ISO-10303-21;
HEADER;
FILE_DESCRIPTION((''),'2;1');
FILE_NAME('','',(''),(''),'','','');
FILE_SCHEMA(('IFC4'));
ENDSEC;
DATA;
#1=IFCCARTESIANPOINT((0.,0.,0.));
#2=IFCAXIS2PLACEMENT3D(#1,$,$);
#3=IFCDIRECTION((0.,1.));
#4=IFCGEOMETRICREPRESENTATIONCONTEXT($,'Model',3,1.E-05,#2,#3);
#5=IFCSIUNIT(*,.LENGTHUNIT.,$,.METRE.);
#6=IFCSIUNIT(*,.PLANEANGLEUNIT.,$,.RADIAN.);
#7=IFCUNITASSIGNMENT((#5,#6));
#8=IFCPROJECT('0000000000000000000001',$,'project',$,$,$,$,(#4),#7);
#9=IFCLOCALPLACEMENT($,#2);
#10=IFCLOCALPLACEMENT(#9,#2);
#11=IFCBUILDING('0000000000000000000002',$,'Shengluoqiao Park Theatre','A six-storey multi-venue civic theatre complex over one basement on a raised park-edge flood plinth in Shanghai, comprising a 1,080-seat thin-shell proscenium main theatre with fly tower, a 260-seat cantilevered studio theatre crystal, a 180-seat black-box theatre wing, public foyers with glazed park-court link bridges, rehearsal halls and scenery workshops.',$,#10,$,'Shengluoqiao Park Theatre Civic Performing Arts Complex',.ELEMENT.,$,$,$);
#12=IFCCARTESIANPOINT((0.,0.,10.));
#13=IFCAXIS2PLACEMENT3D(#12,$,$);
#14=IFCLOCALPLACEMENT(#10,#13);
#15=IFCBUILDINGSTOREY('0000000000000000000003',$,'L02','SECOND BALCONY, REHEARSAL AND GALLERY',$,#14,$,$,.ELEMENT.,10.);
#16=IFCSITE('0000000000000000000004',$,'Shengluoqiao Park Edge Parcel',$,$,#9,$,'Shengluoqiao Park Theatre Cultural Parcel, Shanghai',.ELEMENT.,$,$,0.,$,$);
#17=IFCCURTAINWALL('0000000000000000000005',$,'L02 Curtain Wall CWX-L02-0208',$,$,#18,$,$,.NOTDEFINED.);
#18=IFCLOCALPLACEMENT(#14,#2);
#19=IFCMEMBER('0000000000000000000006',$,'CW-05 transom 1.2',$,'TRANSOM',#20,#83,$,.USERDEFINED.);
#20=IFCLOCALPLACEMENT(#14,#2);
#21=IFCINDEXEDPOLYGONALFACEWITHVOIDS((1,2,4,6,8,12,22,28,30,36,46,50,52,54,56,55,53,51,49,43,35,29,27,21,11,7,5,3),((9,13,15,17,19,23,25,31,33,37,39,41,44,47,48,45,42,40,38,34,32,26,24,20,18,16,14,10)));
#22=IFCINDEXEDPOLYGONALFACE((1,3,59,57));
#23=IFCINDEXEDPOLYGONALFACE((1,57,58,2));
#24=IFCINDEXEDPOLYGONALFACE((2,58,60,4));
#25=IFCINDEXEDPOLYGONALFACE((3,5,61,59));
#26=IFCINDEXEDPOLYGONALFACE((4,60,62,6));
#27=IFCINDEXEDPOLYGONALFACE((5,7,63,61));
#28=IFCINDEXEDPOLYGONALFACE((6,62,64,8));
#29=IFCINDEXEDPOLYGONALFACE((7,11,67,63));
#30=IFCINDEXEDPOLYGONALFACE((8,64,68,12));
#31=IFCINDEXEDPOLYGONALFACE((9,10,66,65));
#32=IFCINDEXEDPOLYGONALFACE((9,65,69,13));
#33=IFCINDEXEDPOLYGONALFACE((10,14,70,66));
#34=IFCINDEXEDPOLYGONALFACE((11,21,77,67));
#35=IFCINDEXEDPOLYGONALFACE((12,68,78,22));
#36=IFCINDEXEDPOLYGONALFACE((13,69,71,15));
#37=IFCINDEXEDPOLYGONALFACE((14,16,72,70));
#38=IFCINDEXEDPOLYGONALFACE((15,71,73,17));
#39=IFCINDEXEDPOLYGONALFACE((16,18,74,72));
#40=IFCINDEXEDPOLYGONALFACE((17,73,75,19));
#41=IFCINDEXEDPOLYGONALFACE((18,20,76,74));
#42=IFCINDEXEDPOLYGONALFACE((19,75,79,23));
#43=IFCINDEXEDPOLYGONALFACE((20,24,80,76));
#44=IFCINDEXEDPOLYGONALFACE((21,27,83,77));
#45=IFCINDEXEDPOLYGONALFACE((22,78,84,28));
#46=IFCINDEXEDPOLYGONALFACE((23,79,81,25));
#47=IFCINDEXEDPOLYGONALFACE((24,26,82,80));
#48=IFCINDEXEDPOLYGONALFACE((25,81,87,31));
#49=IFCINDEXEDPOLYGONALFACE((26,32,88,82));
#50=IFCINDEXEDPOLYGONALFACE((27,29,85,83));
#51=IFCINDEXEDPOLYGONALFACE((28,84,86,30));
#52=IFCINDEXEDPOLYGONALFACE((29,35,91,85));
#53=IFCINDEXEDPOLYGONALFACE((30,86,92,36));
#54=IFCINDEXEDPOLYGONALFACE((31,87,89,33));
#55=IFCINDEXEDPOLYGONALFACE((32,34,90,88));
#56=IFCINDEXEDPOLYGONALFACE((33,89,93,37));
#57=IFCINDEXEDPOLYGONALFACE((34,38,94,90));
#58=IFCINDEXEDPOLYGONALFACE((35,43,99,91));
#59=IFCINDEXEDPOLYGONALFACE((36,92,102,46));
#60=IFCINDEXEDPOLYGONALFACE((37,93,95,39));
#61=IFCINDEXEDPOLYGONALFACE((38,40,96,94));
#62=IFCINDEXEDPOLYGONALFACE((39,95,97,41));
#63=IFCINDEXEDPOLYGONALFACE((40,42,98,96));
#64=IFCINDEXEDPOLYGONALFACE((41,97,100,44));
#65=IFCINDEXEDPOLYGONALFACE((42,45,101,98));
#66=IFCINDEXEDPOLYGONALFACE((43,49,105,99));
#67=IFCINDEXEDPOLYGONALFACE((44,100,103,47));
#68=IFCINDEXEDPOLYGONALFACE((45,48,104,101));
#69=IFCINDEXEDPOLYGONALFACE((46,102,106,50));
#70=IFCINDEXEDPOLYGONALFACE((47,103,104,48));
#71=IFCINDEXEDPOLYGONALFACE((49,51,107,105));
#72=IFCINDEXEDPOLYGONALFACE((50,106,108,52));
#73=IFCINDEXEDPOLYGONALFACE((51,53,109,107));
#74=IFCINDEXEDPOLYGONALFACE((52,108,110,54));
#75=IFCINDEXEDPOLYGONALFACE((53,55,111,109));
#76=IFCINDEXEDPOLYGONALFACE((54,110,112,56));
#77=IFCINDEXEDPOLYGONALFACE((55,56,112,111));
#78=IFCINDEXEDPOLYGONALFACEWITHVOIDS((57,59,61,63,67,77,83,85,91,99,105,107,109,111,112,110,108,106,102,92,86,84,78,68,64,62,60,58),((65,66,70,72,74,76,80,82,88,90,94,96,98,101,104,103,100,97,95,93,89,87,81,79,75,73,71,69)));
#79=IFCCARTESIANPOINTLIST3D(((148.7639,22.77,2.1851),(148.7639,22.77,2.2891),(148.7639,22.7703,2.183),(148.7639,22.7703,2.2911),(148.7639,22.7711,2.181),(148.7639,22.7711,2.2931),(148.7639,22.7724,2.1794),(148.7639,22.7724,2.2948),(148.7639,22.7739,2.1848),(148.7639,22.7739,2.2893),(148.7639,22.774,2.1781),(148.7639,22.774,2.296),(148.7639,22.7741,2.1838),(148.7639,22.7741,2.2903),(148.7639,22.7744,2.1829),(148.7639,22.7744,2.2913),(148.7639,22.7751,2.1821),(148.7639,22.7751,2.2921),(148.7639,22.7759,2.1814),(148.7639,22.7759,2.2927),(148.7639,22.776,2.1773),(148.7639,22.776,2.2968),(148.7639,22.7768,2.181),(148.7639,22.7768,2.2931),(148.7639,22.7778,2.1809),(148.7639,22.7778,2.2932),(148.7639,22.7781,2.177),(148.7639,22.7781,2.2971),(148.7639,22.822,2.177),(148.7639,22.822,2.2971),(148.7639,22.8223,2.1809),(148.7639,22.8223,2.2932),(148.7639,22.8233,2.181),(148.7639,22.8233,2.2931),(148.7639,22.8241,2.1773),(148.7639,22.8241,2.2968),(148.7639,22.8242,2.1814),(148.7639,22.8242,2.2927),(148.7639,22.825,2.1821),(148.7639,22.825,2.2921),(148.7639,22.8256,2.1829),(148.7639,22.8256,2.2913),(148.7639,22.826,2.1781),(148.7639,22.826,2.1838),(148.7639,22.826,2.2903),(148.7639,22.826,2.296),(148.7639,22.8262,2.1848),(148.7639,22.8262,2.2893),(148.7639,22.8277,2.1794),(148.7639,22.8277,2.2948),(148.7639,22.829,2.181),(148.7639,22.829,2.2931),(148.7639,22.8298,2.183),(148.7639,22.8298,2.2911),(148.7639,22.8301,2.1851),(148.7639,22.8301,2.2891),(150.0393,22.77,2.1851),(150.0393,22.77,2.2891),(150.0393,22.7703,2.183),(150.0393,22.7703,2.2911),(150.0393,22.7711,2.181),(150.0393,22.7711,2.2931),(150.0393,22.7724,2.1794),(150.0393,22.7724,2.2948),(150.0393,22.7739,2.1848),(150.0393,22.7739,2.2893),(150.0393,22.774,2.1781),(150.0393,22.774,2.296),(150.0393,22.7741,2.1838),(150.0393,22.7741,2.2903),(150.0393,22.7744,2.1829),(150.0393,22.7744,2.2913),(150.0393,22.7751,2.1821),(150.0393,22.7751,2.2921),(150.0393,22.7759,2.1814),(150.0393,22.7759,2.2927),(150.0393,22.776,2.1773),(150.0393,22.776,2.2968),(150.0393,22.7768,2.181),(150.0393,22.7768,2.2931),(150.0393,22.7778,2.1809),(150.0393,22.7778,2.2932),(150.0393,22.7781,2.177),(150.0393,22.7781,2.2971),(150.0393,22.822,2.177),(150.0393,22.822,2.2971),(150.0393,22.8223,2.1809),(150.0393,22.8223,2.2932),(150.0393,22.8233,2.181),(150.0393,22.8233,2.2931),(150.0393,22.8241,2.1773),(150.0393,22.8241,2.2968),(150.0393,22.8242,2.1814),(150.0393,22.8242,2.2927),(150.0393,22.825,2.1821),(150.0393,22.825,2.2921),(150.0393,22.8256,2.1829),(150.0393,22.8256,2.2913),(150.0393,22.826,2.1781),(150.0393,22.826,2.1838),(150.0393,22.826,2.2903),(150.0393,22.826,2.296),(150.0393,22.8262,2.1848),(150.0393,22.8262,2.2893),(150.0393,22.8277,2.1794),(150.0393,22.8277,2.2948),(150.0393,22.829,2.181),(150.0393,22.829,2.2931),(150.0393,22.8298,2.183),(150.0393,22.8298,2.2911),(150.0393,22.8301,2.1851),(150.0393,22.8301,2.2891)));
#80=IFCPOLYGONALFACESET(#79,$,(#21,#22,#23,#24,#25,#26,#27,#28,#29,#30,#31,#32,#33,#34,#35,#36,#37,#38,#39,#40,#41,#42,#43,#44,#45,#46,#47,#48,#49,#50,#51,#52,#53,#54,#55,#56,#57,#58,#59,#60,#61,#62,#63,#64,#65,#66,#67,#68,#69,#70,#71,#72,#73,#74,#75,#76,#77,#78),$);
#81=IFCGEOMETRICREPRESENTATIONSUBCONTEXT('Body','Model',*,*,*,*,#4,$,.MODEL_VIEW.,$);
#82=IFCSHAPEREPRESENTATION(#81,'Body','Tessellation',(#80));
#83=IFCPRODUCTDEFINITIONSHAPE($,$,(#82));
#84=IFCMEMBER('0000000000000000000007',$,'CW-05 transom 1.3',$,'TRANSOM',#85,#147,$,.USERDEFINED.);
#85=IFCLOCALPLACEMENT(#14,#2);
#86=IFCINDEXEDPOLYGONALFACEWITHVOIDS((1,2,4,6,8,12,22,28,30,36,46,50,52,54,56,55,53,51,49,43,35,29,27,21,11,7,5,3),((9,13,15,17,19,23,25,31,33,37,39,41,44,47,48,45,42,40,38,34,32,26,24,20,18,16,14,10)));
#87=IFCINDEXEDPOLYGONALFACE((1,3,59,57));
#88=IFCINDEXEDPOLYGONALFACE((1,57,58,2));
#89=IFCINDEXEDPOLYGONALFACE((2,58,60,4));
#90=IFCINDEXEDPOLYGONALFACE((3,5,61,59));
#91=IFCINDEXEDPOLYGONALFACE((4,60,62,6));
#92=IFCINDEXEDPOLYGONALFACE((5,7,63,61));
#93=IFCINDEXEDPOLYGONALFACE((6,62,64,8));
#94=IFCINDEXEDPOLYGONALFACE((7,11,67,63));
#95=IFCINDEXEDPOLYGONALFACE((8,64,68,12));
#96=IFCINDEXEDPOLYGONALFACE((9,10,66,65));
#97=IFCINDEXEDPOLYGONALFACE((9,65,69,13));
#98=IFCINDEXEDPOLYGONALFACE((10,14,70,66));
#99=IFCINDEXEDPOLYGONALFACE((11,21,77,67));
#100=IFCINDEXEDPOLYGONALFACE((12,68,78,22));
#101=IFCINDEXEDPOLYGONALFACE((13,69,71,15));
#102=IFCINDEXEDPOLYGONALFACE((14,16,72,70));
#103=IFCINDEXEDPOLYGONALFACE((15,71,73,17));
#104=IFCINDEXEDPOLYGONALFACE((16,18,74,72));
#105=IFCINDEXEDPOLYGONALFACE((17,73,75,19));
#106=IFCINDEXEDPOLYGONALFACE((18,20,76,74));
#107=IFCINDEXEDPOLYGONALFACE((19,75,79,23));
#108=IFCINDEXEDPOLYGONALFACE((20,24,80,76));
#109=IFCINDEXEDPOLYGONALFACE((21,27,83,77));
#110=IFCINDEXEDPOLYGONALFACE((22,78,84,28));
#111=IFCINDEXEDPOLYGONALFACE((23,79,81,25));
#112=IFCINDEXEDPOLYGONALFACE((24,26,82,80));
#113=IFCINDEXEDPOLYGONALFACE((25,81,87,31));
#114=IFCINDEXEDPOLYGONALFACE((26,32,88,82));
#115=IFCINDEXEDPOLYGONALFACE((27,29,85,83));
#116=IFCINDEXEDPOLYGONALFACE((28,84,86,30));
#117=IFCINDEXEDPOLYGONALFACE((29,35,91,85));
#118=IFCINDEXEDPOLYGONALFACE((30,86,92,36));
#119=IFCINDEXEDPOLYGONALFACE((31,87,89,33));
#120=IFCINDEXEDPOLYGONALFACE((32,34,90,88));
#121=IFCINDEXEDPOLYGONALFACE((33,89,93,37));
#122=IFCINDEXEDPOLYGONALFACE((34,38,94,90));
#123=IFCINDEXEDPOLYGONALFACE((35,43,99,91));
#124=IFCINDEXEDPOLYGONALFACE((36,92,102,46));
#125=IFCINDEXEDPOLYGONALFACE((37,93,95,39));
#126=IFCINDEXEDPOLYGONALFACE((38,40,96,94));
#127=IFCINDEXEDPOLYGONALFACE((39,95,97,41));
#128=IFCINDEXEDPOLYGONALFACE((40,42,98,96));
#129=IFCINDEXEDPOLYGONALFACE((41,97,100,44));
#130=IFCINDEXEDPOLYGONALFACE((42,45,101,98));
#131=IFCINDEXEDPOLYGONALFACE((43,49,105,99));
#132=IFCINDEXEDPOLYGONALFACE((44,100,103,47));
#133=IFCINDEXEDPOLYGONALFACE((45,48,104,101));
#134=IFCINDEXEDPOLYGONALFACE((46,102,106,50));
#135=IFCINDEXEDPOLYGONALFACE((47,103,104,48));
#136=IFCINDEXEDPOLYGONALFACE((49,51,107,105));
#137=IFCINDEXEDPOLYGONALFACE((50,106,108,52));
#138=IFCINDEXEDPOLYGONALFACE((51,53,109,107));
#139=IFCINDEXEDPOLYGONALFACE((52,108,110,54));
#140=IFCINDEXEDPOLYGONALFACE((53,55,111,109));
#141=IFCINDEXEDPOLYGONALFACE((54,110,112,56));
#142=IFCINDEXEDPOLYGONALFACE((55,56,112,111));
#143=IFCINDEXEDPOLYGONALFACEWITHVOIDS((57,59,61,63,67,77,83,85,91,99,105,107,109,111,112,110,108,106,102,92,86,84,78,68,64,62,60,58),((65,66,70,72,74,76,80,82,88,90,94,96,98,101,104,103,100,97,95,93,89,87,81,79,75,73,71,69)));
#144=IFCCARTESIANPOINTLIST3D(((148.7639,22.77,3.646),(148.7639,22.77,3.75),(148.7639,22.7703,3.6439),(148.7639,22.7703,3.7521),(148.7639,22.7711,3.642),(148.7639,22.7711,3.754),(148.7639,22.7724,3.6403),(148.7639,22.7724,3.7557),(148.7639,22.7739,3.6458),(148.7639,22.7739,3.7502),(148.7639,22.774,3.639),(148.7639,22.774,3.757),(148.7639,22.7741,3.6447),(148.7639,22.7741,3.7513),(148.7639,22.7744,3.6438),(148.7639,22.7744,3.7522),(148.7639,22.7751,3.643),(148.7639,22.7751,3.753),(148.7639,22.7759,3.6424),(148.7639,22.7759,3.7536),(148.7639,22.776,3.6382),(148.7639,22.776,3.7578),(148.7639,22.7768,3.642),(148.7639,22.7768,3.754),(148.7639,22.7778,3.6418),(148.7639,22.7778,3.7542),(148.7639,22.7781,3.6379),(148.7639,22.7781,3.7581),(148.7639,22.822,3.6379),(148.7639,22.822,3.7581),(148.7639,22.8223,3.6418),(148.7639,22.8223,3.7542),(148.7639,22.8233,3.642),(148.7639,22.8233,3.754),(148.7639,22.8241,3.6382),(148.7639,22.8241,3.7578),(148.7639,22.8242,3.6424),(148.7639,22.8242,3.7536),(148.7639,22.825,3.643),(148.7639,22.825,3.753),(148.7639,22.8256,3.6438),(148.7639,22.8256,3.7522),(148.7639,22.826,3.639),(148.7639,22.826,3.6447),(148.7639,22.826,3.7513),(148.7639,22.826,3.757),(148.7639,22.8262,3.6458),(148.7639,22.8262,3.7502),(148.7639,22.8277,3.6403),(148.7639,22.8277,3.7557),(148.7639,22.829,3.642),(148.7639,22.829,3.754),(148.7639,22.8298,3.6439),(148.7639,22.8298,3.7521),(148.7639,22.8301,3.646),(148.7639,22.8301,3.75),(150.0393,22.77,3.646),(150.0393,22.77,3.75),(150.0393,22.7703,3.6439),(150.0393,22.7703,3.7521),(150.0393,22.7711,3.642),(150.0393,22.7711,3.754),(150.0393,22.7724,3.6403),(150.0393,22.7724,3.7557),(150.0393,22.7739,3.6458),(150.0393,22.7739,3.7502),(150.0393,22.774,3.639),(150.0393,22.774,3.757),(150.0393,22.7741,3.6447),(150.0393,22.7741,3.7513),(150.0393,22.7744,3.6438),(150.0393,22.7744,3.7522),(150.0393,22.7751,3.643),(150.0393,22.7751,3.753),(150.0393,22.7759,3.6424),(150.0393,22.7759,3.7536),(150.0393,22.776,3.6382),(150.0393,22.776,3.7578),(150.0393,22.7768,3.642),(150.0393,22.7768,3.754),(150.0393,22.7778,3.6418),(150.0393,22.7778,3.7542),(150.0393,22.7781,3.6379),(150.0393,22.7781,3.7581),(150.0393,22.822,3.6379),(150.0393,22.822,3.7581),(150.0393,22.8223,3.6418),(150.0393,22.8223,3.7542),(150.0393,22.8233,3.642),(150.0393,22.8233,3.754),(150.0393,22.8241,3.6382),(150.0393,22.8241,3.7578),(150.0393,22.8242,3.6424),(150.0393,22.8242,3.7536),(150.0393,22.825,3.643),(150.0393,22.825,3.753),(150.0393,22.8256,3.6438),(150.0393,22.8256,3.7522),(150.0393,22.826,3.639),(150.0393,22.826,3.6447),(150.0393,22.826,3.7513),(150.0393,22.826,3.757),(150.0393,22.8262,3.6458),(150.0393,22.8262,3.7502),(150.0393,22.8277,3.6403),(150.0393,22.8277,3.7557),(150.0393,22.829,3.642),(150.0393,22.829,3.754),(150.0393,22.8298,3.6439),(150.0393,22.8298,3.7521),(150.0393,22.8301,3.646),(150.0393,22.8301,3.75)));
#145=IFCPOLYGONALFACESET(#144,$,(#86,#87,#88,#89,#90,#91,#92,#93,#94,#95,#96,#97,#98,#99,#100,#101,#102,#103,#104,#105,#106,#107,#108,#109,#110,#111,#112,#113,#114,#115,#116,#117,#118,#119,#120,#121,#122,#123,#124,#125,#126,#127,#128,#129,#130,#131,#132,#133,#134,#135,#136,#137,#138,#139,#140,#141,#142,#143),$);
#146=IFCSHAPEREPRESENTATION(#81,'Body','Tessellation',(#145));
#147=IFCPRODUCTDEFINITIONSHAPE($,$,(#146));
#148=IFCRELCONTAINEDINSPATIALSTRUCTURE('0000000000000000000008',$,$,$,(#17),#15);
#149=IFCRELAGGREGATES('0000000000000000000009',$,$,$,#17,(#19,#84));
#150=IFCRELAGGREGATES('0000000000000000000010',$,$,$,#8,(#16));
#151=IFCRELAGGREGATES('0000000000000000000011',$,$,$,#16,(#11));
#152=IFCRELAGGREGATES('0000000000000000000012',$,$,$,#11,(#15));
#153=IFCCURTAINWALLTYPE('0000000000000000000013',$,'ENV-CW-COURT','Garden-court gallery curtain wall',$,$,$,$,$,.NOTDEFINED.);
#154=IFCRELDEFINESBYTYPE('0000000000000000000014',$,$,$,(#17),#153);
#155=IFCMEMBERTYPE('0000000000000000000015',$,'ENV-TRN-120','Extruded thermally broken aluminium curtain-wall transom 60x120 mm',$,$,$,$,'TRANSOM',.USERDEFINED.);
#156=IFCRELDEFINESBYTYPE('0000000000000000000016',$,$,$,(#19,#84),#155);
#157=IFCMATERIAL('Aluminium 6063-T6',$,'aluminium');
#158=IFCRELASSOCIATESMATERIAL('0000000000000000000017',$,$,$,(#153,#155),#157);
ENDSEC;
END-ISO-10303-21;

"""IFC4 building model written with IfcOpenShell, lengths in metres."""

from ifc_helpers import new_model, si_unit, direction, frame, origin, origin_2d, place, context, subcontext, project, spatial, hollow_rectangle, extrude, material, material_profile, profile_set, type_object, element, aggregate, save


model = new_model("IFC4")

# Units and contexts
model_context = context("Model", 3, precision=1e-05, world=origin(), true_north=direction((0.0, 1.0)))
body_context = subcontext(model_context, "Body", "Model", "MODEL_VIEW")
ifc_project = project(units=[si_unit("LENGTHUNIT", "METRE"), si_unit("PLANEANGLEUNIT", "RADIAN")], contexts=[model_context])

# Site, building, storey
site_placement = place(None, origin())
site = spatial("IfcSite", under=ifc_project, at=site_placement, Name="Shengluoqiao Park Edge Parcel", LongName="Shengluoqiao Park Theatre Cultural Parcel, Shanghai", CompositionType="ELEMENT", RefElevation=0.0)
building_placement = place(site_placement, origin())
building = spatial("IfcBuilding", under=site, at=building_placement, Name="Shengluoqiao Park Theatre", Description="A six-storey multi-venue civic theatre complex over one basement on a raised park-edge flood plinth in Shanghai, comprising a 1,080-seat thin-shell proscenium main theatre with fly tower, a 260-seat cantilevered studio theatre crystal, a 180-seat black-box theatre wing, public foyers with glazed park-court link bridges, rehearsal halls and scenery workshops.", LongName="Shengluoqiao Park Theatre Civic Performing Arts Complex", CompositionType="ELEMENT")
storey_placement = place(building_placement, frame((0.0, 0.0, 10.0)))
storey = spatial("IfcBuildingStorey", under=building, at=storey_placement, Name="L02", Description="SECOND BALCONY, REHEARSAL AND GALLERY", CompositionType="ELEMENT", Elevation=10.0)

# Curtain wall, members
ifc_material_1 = material(Name="Aluminium 6063-T6", Category="aluminium")
curtain_wall_type = type_object("IfcCurtainWallType", Name="ENV-CW-COURT", Description="Garden-court gallery curtain wall", PredefinedType="NOTDEFINED", material=ifc_material_1)
curtain_wall_placement = place(storey_placement, origin())
curtain_wall = element("IfcCurtainWall", 1, at=curtain_wall_placement, inside=storey, type_object=curtain_wall_type, Name="L02 Curtain Wall CWX-L02-0208", PredefinedType="NOTDEFINED")
ifc_material_profile_1 = material_profile(ifc_material_1, hollow_rectangle(XDim=0.0601, YDim=0.1201, WallThickness=0.0039, InnerFilletRadius=0.0039, OuterFilletRadius=0.0081, at=origin_2d()), Name="ALU TRANSOM 120x60x4")
ifc_profile_set_1 = profile_set([ifc_material_profile_1], Name="Aluminium 6063-T6")
member_type_1 = type_object("IfcMemberType", Name="ENV-TRN-120", Description="Extruded thermally broken aluminium curtain-wall transom 60x120 mm", ElementType="TRANSOM", PredefinedType="USERDEFINED", material=ifc_profile_set_1)
member_1_placement = place(storey_placement, frame((148.7639, 22.8, 2.2371), z_axis=(1.0, 0.0, 0.0), x_axis=(0.0, 1.0, 0.0)))
member_1 = element("IfcMember", 2, at=member_1_placement, type_object=member_type_1, Name="CW-05 transom 1.2", ObjectType="TRANSOM", PredefinedType="USERDEFINED", context=body_context, shape_type="SweptSolid", body=[
    extrude(hollow_rectangle(XDim=0.0601, YDim=0.1201, WallThickness=0.0039, InnerFilletRadius=0.0039, OuterFilletRadius=0.0081, at=origin_2d()), origin(), (0.0, 0.0, 1.0), 1.2754),
])
member_2_placement = place(storey_placement, frame((148.7639, 22.8, 3.698), z_axis=(1.0, 0.0, 0.0), x_axis=(0.0, 1.0, 0.0)))
member_2 = element("IfcMember", 3, at=member_2_placement, type_object=member_type_1, Name="CW-05 transom 1.3", ObjectType="TRANSOM", PredefinedType="USERDEFINED", context=body_context, shape_type="SweptSolid", body=[
    extrude(hollow_rectangle(XDim=0.0601, YDim=0.1201, WallThickness=0.0039, InnerFilletRadius=0.0039, OuterFilletRadius=0.0081, at=origin_2d()), origin(), (0.0, 0.0, 1.0), 1.2754),
])

aggregate(curtain_wall, [member_1, member_2])

save(model, "model.ifc")
